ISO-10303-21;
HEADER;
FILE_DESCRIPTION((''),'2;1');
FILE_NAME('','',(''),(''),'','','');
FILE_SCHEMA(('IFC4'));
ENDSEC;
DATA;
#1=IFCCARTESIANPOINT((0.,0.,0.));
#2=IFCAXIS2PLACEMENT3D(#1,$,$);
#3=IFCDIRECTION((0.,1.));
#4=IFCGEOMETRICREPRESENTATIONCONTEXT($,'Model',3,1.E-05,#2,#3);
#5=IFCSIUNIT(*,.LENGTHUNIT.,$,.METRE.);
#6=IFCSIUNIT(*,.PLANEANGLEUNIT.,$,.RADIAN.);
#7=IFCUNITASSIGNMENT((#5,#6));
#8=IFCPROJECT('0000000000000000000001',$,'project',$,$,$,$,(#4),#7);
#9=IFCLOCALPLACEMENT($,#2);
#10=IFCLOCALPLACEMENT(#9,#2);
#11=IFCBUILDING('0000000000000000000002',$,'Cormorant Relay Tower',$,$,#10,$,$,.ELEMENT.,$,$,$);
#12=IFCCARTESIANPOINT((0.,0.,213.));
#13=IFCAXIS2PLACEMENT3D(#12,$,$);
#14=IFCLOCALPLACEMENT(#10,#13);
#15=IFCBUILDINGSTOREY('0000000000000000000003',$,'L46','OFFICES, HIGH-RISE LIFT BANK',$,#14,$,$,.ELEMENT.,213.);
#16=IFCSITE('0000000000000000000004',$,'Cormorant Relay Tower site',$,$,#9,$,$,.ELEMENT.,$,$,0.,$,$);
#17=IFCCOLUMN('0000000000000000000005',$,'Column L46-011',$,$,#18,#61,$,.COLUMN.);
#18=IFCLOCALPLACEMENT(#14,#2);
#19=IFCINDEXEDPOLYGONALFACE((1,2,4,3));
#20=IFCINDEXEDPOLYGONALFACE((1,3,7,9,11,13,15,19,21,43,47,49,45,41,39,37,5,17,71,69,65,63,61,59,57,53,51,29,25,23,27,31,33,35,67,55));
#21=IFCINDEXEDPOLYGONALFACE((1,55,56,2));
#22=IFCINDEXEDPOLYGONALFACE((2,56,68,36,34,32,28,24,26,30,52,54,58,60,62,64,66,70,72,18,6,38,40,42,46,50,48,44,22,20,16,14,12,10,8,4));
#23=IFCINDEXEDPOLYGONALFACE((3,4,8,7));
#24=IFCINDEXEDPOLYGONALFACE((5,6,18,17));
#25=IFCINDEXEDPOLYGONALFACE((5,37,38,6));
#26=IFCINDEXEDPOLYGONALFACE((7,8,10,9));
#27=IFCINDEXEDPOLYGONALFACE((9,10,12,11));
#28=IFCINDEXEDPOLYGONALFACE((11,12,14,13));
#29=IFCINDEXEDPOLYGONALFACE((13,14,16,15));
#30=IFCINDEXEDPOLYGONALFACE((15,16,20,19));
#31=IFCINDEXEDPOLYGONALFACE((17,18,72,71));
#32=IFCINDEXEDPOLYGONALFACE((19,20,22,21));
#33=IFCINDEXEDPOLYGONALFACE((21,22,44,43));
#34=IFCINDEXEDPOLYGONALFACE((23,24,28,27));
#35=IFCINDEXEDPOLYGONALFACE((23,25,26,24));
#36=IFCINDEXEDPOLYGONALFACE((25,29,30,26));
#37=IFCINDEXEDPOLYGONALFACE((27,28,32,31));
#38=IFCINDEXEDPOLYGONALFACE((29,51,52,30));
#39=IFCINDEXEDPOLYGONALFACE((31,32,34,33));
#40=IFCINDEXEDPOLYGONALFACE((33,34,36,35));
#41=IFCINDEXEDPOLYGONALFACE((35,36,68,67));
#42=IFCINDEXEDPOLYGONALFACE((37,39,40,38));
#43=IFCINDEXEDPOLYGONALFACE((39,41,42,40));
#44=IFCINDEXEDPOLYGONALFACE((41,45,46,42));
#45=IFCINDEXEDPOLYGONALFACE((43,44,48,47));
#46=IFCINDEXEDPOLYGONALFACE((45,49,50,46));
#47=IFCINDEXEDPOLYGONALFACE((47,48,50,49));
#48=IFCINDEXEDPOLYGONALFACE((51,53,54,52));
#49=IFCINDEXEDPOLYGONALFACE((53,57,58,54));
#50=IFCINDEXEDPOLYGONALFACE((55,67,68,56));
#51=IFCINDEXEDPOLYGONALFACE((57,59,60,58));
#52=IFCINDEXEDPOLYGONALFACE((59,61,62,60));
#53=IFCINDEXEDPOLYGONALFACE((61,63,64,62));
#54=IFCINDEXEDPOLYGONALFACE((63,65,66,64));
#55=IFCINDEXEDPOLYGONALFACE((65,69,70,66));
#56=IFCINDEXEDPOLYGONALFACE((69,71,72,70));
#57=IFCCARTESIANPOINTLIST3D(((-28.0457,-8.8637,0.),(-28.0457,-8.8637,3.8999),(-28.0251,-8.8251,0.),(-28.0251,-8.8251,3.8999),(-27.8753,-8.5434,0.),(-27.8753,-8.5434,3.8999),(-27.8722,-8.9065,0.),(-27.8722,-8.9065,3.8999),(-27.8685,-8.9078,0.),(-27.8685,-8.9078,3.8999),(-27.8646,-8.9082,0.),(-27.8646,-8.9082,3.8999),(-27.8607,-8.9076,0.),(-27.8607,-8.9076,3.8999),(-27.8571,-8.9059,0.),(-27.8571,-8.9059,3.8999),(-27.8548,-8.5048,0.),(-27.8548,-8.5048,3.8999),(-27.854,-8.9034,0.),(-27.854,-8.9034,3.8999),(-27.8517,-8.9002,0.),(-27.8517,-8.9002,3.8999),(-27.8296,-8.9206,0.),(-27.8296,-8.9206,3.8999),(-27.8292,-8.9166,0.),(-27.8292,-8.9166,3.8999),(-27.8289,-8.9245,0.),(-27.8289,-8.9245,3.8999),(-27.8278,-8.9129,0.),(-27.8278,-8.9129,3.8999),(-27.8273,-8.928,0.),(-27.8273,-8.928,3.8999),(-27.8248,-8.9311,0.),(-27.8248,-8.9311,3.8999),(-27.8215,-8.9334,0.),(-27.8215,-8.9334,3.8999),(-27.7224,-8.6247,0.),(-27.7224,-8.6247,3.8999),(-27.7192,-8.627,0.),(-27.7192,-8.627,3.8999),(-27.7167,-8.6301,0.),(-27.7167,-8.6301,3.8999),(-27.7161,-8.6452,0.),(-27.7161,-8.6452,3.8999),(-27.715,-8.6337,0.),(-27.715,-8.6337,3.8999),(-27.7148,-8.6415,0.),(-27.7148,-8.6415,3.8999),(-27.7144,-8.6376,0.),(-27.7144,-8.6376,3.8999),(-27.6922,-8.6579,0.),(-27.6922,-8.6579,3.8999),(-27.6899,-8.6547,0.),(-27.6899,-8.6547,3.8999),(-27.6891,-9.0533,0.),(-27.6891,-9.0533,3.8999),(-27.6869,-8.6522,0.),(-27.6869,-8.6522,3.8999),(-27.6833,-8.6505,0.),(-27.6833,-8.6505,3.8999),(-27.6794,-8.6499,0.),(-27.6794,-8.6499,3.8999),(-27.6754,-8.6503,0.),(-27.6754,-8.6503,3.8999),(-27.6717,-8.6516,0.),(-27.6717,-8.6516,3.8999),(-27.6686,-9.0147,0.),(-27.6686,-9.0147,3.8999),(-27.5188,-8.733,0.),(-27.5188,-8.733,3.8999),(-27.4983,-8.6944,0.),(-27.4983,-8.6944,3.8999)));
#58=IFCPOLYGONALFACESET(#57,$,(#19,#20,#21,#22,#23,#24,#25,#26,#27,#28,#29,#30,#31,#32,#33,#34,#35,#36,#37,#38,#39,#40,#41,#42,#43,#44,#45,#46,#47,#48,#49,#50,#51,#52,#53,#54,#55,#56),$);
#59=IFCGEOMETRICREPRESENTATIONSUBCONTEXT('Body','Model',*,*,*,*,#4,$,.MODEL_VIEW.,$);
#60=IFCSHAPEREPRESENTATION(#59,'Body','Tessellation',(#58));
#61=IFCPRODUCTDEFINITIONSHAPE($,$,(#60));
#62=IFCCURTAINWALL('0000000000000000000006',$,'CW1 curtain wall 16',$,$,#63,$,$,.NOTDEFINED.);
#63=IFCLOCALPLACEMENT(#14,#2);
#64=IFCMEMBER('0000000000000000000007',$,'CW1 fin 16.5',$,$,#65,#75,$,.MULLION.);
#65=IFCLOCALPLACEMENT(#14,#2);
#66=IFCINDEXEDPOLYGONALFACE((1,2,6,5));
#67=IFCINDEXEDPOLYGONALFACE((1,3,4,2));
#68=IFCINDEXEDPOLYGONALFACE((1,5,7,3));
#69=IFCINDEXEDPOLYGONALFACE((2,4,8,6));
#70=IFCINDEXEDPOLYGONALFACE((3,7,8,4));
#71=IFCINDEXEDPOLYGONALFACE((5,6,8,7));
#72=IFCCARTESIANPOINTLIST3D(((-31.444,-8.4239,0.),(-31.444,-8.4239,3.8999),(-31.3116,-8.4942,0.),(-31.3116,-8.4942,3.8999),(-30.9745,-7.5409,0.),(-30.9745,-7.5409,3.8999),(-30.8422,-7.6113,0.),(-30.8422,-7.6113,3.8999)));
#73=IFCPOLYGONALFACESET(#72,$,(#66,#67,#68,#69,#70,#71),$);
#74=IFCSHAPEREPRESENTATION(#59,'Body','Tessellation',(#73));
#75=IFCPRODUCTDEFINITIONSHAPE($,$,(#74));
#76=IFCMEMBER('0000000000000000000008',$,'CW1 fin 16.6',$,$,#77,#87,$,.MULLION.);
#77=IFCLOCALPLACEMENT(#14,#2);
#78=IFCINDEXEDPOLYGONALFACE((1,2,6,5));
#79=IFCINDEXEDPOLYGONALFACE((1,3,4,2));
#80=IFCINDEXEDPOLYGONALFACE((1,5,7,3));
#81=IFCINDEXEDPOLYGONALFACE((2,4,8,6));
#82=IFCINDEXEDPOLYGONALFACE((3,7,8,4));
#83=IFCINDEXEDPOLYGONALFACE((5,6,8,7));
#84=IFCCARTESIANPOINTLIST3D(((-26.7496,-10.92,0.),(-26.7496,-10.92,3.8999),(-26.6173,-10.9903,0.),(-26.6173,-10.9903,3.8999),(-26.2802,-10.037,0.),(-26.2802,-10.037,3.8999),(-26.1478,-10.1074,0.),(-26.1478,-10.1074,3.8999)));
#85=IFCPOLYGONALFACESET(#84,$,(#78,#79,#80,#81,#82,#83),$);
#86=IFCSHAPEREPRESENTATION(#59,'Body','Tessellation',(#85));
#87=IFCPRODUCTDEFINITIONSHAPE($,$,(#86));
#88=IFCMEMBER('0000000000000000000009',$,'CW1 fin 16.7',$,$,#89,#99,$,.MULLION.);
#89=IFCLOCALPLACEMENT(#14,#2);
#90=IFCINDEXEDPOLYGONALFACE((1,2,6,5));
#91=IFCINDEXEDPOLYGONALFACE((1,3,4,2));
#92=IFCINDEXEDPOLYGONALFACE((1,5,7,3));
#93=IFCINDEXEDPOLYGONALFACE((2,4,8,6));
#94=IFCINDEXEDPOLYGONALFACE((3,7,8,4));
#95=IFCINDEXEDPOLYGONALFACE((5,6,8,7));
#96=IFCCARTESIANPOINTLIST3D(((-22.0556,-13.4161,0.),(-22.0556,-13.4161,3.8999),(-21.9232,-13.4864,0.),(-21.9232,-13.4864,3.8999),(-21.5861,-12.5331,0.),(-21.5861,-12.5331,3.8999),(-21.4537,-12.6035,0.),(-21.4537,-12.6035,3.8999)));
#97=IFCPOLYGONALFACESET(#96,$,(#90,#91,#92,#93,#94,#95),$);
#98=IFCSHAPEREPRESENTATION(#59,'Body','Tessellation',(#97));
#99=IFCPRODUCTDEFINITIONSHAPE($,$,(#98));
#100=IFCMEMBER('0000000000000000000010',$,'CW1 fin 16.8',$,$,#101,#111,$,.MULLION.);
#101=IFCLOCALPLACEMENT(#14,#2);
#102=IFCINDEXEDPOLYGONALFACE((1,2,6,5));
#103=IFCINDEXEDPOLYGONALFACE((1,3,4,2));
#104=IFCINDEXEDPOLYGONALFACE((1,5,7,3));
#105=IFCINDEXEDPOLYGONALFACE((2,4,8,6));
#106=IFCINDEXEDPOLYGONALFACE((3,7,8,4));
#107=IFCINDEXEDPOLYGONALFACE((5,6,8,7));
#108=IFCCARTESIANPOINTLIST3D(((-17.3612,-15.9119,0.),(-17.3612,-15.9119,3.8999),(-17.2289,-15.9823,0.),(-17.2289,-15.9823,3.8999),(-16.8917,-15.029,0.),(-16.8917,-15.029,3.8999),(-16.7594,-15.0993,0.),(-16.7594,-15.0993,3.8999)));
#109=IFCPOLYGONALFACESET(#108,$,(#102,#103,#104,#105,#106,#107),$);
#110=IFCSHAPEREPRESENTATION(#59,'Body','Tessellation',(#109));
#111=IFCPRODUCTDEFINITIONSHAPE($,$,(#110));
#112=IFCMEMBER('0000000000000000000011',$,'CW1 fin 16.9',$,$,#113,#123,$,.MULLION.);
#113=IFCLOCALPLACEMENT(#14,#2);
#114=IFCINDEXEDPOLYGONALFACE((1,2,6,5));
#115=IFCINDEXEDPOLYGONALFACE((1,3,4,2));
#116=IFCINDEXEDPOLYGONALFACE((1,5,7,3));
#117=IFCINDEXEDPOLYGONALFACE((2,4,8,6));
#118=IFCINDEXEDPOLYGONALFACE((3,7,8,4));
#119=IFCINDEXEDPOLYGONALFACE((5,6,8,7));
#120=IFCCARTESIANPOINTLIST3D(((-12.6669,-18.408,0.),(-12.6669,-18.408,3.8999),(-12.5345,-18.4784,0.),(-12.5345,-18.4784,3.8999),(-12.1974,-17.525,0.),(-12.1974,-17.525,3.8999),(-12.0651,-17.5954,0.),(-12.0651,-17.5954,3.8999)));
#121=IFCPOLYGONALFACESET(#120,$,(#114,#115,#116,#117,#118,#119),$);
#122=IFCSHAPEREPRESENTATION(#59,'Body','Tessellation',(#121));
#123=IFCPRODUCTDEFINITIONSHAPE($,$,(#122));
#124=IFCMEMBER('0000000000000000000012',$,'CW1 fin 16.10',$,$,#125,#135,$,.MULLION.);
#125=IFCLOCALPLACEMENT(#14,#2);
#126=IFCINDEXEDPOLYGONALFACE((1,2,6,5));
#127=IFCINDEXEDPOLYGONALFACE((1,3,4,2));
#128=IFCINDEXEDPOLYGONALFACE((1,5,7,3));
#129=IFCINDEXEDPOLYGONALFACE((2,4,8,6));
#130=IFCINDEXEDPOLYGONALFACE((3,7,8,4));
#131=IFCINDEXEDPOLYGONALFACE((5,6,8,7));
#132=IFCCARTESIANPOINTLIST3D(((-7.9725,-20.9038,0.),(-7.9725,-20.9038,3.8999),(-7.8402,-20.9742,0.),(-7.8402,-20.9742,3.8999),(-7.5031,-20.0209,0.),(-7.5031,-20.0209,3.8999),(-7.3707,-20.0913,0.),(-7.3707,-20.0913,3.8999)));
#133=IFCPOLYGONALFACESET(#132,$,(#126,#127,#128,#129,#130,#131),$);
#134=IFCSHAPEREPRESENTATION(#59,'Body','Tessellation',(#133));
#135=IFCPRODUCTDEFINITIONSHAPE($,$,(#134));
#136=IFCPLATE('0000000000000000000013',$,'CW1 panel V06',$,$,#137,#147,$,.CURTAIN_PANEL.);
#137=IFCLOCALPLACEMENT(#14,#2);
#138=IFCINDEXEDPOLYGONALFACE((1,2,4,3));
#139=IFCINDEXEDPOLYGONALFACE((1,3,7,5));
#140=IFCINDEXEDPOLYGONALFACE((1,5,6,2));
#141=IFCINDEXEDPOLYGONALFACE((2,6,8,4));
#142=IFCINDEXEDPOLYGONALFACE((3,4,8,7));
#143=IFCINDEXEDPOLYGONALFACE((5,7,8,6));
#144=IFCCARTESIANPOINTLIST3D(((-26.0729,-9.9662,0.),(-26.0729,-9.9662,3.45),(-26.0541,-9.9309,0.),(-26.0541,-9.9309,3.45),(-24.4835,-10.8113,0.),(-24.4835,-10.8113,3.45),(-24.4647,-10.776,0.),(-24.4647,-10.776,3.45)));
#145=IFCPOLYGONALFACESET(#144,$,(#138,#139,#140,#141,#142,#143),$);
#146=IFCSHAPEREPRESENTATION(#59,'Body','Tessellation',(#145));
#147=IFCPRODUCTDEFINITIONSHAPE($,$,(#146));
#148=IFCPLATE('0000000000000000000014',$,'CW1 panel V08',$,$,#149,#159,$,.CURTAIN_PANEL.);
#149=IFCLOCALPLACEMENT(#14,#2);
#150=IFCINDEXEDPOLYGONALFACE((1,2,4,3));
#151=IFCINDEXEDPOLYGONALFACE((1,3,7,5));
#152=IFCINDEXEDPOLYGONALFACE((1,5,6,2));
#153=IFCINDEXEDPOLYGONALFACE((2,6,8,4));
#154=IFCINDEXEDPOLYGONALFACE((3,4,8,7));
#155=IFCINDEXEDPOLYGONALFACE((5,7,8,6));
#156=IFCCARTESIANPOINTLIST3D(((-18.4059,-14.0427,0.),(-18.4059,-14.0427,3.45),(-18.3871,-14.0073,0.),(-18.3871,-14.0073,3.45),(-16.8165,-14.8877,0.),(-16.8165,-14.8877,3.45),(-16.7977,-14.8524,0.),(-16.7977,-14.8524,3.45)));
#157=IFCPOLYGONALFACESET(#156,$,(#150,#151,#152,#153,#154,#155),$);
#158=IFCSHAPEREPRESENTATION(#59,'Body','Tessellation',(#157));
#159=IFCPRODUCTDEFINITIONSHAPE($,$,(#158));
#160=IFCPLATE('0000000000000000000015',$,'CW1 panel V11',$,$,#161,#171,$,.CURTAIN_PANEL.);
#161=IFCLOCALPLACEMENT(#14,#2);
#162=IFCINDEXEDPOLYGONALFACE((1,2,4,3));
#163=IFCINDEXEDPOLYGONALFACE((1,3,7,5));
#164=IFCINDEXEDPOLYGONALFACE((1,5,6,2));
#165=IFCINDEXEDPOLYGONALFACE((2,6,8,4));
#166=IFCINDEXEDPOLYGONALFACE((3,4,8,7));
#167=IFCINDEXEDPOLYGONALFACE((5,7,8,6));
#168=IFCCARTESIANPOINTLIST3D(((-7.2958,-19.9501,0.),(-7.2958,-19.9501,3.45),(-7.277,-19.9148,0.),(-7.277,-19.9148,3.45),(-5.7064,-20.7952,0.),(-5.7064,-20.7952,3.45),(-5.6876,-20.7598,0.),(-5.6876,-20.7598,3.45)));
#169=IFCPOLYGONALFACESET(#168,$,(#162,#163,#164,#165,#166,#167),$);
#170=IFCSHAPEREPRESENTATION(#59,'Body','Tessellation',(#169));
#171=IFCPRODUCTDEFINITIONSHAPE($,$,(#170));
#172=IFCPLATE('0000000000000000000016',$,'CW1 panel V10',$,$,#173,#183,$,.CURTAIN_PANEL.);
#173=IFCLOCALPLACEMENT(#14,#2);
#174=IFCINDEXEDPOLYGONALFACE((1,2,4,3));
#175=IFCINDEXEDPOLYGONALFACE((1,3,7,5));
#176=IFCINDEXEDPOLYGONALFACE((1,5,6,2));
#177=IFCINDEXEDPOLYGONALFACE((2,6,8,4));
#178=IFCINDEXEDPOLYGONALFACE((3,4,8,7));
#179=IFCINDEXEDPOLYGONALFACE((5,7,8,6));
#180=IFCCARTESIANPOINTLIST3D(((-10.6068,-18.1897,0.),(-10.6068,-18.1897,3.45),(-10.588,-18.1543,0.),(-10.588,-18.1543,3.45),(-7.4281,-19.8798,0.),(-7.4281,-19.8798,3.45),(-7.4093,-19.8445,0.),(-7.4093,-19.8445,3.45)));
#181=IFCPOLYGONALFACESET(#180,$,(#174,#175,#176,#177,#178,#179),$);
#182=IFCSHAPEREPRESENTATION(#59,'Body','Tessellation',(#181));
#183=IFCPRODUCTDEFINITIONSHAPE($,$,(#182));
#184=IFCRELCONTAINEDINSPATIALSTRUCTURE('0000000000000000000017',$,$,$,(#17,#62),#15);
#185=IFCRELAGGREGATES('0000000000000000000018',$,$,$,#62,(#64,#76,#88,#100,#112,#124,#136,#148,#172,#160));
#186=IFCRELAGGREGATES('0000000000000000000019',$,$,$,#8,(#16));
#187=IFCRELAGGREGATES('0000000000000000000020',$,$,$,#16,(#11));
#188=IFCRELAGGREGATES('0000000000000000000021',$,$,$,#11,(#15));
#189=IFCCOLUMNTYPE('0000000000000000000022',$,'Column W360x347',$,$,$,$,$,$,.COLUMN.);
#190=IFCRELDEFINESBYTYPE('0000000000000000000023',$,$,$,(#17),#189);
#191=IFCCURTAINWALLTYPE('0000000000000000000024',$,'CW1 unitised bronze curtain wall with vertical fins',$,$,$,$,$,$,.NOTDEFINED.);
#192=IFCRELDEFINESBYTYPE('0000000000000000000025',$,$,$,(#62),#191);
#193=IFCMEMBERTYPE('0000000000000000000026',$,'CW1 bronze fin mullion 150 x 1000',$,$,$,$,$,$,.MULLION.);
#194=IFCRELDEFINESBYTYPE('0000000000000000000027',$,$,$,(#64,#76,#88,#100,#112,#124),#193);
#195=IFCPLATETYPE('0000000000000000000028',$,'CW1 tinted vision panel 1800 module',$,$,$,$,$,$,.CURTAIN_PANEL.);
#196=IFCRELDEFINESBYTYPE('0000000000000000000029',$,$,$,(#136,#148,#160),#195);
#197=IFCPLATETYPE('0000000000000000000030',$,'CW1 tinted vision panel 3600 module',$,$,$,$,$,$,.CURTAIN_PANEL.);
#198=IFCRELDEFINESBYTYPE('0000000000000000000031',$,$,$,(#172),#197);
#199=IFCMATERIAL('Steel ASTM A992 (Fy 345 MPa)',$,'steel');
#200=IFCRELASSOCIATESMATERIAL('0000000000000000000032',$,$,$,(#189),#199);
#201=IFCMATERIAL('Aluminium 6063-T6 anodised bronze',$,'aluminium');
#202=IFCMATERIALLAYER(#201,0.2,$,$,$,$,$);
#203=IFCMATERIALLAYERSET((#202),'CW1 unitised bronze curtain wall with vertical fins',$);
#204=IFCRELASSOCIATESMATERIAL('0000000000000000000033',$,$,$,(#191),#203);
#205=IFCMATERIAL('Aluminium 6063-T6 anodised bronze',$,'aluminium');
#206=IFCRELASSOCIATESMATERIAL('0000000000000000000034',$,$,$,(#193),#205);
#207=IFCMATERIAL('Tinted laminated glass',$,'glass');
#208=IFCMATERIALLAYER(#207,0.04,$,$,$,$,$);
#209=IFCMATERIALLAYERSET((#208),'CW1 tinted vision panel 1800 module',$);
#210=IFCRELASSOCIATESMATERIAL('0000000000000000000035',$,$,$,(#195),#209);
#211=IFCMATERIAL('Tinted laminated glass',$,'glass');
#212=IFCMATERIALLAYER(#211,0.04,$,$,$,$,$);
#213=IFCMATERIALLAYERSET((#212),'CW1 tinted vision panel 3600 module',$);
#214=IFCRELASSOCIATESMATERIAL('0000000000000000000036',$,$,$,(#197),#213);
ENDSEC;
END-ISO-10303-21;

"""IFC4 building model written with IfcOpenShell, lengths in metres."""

from ifc_helpers import new_model, si_unit, direction, frame, origin, origin_2d, place, context, subcontext, project, spatial, rectangle, i_section, extrude, material, layer, layer_set, material_profile, profile_set, type_object, element, aggregate, save


model = new_model("IFC4")

# Units and contexts
model_context = context("Model", 3, precision=1e-05, world=origin(), true_north=direction((0.0, 1.0)))
body_context = subcontext(model_context, "Body", "Model", "MODEL_VIEW")
ifc_project = project(units=[si_unit("LENGTHUNIT", "METRE"), si_unit("PLANEANGLEUNIT", "RADIAN")], contexts=[model_context])

# Site, building, storey
site_placement = place(None, origin())
site = spatial("IfcSite", under=ifc_project, at=site_placement, Name="Cormorant Relay Tower site", CompositionType="ELEMENT", RefElevation=0.0)
building_placement = place(site_placement, origin())
building = spatial("IfcBuilding", under=site, at=building_placement, Name="Cormorant Relay Tower", CompositionType="ELEMENT")
storey_placement = place(building_placement, frame((0.0, 0.0, 213.0)))
storey = spatial("IfcBuildingStorey", under=building, at=storey_placement, Name="L46", Description="OFFICES, HIGH-RISE LIFT BANK", CompositionType="ELEMENT", Elevation=213.0)

# Column
ifc_material_1 = material(Name="Steel ASTM A992 (Fy 345 MPa)", Category="steel")
ifc_material_profile_1 = material_profile(ifc_material_1, i_section(OverallWidth=0.4038, OverallDepth=0.4065, WebThickness=0.0271, FlangeThickness=0.0437, FilletRadius=0.0151, at=origin_2d()), Name="W360x347")
ifc_profile_set_1 = profile_set([ifc_material_profile_1], Name="Steel ASTM A992 (Fy 345 MPa)")
column_type_1 = type_object("IfcColumnType", Name="Column W360x347", PredefinedType="COLUMN", material=ifc_profile_set_1)
for number, where, z_axis, x_axis, name in (
    (1, (-27.772, -8.7791, 0.0), (0.0, 0.0, 1.0), (0.882948, -0.469472, 0.0), "Column L46-011"),
):
    element("IfcColumn", number, at=place(storey_placement, frame(where, z_axis=z_axis, x_axis=x_axis)), inside=storey, type_object=column_type_1, Name=name, PredefinedType="COLUMN", context=body_context, shape_type="SweptSolid", body=[
        extrude(i_section(OverallWidth=0.4038, OverallDepth=0.4065, WebThickness=0.0271, FlangeThickness=0.0437, FilletRadius=0.0151, at=origin_2d()), origin(), (0.0, 0.0, 1.0), 3.8999),
    ])

# Curtain wall, members, plates
ifc_material_2 = material(Name="Aluminium 6063-T6 anodised bronze", Category="aluminium")
ifc_layer_1 = layer(ifc_material_2, 0.2)
ifc_layer_set_1 = layer_set([ifc_layer_1], Name="CW1 unitised bronze curtain wall with vertical fins")
curtain_wall_type = type_object("IfcCurtainWallType", Name="CW1 unitised bronze curtain wall with vertical fins", PredefinedType="NOTDEFINED", material=ifc_layer_set_1)
curtain_wall_placement = place(storey_placement, origin())
curtain_wall = element("IfcCurtainWall", 2, at=curtain_wall_placement, inside=storey, type_object=curtain_wall_type, Name="CW1 curtain wall 16", PredefinedType="NOTDEFINED")
ifc_material_3 = material(Name="Aluminium 6063-T6 anodised bronze", Category="aluminium")
ifc_material_profile_2 = material_profile(ifc_material_3, rectangle(XDim=0.1499, YDim=1.0, at=origin_2d()), Name="AL 150x1000")
ifc_profile_set_2 = profile_set([ifc_material_profile_2], Name="Aluminium 6063-T6 anodised bronze")
member_type = type_object("IfcMemberType", Name="CW1 bronze fin mullion 150 x 1000", PredefinedType="MULLION", material=ifc_profile_set_2)
member_1_placement = place(storey_placement, frame((-31.1431, -8.0176, 0.0), z_axis=(0.0, 0.0, 1.0), x_axis=(0.882948, -0.469472, 0.0)))
member_1 = element("IfcMember", 3, at=member_1_placement, type_object=member_type, Name="CW1 fin 16.5", PredefinedType="MULLION", context=body_context, shape_type="SweptSolid", body=[
    extrude(rectangle(XDim=0.1499, YDim=1.0, at=origin_2d()), origin(), (0.0, 0.0, 1.0), 3.8999),
])
member_2_placement = place(storey_placement, frame((-26.4487, -10.5137, 0.0), z_axis=(0.0, 0.0, 1.0), x_axis=(0.882948, -0.469472, 0.0)))
member_2 = element("IfcMember", 4, at=member_2_placement, type_object=member_type, Name="CW1 fin 16.6", PredefinedType="MULLION", context=body_context, shape_type="SweptSolid", body=[
    extrude(rectangle(XDim=0.1499, YDim=1.0, at=origin_2d()), origin(), (0.0, 0.0, 1.0), 3.8999),
])
member_3_placement = place(storey_placement, frame((-21.7546, -13.0098, 0.0), z_axis=(0.0, 0.0, 1.0), x_axis=(0.882948, -0.469472, 0.0)))
member_3 = element("IfcMember", 5, at=member_3_placement, type_object=member_type, Name="CW1 fin 16.7", PredefinedType="MULLION", context=body_context, shape_type="SweptSolid", body=[
    extrude(rectangle(XDim=0.1499, YDim=1.0, at=origin_2d()), origin(), (0.0, 0.0, 1.0), 3.8999),
])
member_4_placement = place(storey_placement, frame((-17.0603, -15.5056, 0.0), z_axis=(0.0, 0.0, 1.0), x_axis=(0.882948, -0.469472, 0.0)))
member_4 = element("IfcMember", 6, at=member_4_placement, type_object=member_type, Name="CW1 fin 16.8", PredefinedType="MULLION", context=body_context, shape_type="SweptSolid", body=[
    extrude(rectangle(XDim=0.1499, YDim=1.0, at=origin_2d()), origin(), (0.0, 0.0, 1.0), 3.8999),
])
member_5_placement = place(storey_placement, frame((-12.366, -18.0017, 0.0), z_axis=(0.0, 0.0, 1.0), x_axis=(0.882948, -0.469472, 0.0)))
member_5 = element("IfcMember", 7, at=member_5_placement, type_object=member_type, Name="CW1 fin 16.9", PredefinedType="MULLION", context=body_context, shape_type="SweptSolid", body=[
    extrude(rectangle(XDim=0.1499, YDim=1.0, at=origin_2d()), origin(), (0.0, 0.0, 1.0), 3.8999),
])
member_6_placement = place(storey_placement, frame((-7.6716, -20.4976, 0.0), z_axis=(0.0, 0.0, 1.0), x_axis=(0.882948, -0.469472, 0.0)))
member_6 = element("IfcMember", 8, at=member_6_placement, type_object=member_type, Name="CW1 fin 16.10", PredefinedType="MULLION", context=body_context, shape_type="SweptSolid", body=[
    extrude(rectangle(XDim=0.1499, YDim=1.0, at=origin_2d()), origin(), (0.0, 0.0, 1.0), 3.8999),
])
ifc_material_4 = material(Name="Tinted laminated glass", Category="glass")
ifc_layer_2 = layer(ifc_material_4, 0.04)
ifc_layer_set_2 = layer_set([ifc_layer_2], Name="CW1 tinted vision panel 1800 module")
plate_type_1 = type_object("IfcPlateType", Name="CW1 tinted vision panel 1800 module", PredefinedType="CURTAIN_PANEL", material=ifc_layer_set_2)
plate_1_placement = place(storey_placement, frame((-25.2688, -10.3711, 0.0), z_axis=(0.0, 0.0, 1.0), x_axis=(0.882948, -0.469472, 0.0)))
plate_1 = element("IfcPlate", 9, at=plate_1_placement, type_object=plate_type_1, Name="CW1 panel V06", PredefinedType="CURTAIN_PANEL", context=body_context, shape_type="SweptSolid", body=[
    extrude(rectangle(XDim=1.8, YDim=0.04, at=origin_2d()), origin(), (0.0, 0.0, 1.0), 3.45),
])
plate_2_placement = place(storey_placement, frame((-17.6018, -14.4475, 0.0), z_axis=(0.0, 0.0, 1.0), x_axis=(0.882948, -0.469472, 0.0)))
plate_2 = element("IfcPlate", 10, at=plate_2_placement, type_object=plate_type_1, Name="CW1 panel V08", PredefinedType="CURTAIN_PANEL", context=body_context, shape_type="SweptSolid", body=[
    extrude(rectangle(XDim=1.8, YDim=0.04, at=origin_2d()), origin(), (0.0, 0.0, 1.0), 3.45),
])
plate_3_placement = place(storey_placement, frame((-6.4917, -20.355, 0.0), z_axis=(0.0, 0.0, 1.0), x_axis=(0.882948, -0.469472, 0.0)))
plate_3 = element("IfcPlate", 11, at=plate_3_placement, type_object=plate_type_1, Name="CW1 panel V11", PredefinedType="CURTAIN_PANEL", context=body_context, shape_type="SweptSolid", body=[
    extrude(rectangle(XDim=1.8, YDim=0.04, at=origin_2d()), origin(), (0.0, 0.0, 1.0), 3.45),
])
ifc_material_5 = material(Name="Tinted laminated glass", Category="glass")
ifc_layer_3 = layer(ifc_material_5, 0.04)
ifc_layer_set_3 = layer_set([ifc_layer_3], Name="CW1 tinted vision panel 3600 module")
plate_type_2 = type_object("IfcPlateType", Name="CW1 tinted vision panel 3600 module", PredefinedType="CURTAIN_PANEL", material=ifc_layer_set_3)
plate_4_placement = place(storey_placement, frame((-9.0081, -19.0171, 0.0), z_axis=(0.0, 0.0, 1.0), x_axis=(0.882948, -0.469472, 0.0)))
plate_4 = element("IfcPlate", 12, at=plate_4_placement, type_object=plate_type_2, Name="CW1 panel V10", PredefinedType="CURTAIN_PANEL", context=body_context, shape_type="SweptSolid", body=[
    extrude(rectangle(XDim=3.6001, YDim=0.04, at=origin_2d()), origin(), (0.0, 0.0, 1.0), 3.45),
])

aggregate(curtain_wall, [member_1, member_2, member_3, member_4, member_5, member_6, plate_1, plate_2, plate_4, plate_3])

save(model, "model.ifc")
